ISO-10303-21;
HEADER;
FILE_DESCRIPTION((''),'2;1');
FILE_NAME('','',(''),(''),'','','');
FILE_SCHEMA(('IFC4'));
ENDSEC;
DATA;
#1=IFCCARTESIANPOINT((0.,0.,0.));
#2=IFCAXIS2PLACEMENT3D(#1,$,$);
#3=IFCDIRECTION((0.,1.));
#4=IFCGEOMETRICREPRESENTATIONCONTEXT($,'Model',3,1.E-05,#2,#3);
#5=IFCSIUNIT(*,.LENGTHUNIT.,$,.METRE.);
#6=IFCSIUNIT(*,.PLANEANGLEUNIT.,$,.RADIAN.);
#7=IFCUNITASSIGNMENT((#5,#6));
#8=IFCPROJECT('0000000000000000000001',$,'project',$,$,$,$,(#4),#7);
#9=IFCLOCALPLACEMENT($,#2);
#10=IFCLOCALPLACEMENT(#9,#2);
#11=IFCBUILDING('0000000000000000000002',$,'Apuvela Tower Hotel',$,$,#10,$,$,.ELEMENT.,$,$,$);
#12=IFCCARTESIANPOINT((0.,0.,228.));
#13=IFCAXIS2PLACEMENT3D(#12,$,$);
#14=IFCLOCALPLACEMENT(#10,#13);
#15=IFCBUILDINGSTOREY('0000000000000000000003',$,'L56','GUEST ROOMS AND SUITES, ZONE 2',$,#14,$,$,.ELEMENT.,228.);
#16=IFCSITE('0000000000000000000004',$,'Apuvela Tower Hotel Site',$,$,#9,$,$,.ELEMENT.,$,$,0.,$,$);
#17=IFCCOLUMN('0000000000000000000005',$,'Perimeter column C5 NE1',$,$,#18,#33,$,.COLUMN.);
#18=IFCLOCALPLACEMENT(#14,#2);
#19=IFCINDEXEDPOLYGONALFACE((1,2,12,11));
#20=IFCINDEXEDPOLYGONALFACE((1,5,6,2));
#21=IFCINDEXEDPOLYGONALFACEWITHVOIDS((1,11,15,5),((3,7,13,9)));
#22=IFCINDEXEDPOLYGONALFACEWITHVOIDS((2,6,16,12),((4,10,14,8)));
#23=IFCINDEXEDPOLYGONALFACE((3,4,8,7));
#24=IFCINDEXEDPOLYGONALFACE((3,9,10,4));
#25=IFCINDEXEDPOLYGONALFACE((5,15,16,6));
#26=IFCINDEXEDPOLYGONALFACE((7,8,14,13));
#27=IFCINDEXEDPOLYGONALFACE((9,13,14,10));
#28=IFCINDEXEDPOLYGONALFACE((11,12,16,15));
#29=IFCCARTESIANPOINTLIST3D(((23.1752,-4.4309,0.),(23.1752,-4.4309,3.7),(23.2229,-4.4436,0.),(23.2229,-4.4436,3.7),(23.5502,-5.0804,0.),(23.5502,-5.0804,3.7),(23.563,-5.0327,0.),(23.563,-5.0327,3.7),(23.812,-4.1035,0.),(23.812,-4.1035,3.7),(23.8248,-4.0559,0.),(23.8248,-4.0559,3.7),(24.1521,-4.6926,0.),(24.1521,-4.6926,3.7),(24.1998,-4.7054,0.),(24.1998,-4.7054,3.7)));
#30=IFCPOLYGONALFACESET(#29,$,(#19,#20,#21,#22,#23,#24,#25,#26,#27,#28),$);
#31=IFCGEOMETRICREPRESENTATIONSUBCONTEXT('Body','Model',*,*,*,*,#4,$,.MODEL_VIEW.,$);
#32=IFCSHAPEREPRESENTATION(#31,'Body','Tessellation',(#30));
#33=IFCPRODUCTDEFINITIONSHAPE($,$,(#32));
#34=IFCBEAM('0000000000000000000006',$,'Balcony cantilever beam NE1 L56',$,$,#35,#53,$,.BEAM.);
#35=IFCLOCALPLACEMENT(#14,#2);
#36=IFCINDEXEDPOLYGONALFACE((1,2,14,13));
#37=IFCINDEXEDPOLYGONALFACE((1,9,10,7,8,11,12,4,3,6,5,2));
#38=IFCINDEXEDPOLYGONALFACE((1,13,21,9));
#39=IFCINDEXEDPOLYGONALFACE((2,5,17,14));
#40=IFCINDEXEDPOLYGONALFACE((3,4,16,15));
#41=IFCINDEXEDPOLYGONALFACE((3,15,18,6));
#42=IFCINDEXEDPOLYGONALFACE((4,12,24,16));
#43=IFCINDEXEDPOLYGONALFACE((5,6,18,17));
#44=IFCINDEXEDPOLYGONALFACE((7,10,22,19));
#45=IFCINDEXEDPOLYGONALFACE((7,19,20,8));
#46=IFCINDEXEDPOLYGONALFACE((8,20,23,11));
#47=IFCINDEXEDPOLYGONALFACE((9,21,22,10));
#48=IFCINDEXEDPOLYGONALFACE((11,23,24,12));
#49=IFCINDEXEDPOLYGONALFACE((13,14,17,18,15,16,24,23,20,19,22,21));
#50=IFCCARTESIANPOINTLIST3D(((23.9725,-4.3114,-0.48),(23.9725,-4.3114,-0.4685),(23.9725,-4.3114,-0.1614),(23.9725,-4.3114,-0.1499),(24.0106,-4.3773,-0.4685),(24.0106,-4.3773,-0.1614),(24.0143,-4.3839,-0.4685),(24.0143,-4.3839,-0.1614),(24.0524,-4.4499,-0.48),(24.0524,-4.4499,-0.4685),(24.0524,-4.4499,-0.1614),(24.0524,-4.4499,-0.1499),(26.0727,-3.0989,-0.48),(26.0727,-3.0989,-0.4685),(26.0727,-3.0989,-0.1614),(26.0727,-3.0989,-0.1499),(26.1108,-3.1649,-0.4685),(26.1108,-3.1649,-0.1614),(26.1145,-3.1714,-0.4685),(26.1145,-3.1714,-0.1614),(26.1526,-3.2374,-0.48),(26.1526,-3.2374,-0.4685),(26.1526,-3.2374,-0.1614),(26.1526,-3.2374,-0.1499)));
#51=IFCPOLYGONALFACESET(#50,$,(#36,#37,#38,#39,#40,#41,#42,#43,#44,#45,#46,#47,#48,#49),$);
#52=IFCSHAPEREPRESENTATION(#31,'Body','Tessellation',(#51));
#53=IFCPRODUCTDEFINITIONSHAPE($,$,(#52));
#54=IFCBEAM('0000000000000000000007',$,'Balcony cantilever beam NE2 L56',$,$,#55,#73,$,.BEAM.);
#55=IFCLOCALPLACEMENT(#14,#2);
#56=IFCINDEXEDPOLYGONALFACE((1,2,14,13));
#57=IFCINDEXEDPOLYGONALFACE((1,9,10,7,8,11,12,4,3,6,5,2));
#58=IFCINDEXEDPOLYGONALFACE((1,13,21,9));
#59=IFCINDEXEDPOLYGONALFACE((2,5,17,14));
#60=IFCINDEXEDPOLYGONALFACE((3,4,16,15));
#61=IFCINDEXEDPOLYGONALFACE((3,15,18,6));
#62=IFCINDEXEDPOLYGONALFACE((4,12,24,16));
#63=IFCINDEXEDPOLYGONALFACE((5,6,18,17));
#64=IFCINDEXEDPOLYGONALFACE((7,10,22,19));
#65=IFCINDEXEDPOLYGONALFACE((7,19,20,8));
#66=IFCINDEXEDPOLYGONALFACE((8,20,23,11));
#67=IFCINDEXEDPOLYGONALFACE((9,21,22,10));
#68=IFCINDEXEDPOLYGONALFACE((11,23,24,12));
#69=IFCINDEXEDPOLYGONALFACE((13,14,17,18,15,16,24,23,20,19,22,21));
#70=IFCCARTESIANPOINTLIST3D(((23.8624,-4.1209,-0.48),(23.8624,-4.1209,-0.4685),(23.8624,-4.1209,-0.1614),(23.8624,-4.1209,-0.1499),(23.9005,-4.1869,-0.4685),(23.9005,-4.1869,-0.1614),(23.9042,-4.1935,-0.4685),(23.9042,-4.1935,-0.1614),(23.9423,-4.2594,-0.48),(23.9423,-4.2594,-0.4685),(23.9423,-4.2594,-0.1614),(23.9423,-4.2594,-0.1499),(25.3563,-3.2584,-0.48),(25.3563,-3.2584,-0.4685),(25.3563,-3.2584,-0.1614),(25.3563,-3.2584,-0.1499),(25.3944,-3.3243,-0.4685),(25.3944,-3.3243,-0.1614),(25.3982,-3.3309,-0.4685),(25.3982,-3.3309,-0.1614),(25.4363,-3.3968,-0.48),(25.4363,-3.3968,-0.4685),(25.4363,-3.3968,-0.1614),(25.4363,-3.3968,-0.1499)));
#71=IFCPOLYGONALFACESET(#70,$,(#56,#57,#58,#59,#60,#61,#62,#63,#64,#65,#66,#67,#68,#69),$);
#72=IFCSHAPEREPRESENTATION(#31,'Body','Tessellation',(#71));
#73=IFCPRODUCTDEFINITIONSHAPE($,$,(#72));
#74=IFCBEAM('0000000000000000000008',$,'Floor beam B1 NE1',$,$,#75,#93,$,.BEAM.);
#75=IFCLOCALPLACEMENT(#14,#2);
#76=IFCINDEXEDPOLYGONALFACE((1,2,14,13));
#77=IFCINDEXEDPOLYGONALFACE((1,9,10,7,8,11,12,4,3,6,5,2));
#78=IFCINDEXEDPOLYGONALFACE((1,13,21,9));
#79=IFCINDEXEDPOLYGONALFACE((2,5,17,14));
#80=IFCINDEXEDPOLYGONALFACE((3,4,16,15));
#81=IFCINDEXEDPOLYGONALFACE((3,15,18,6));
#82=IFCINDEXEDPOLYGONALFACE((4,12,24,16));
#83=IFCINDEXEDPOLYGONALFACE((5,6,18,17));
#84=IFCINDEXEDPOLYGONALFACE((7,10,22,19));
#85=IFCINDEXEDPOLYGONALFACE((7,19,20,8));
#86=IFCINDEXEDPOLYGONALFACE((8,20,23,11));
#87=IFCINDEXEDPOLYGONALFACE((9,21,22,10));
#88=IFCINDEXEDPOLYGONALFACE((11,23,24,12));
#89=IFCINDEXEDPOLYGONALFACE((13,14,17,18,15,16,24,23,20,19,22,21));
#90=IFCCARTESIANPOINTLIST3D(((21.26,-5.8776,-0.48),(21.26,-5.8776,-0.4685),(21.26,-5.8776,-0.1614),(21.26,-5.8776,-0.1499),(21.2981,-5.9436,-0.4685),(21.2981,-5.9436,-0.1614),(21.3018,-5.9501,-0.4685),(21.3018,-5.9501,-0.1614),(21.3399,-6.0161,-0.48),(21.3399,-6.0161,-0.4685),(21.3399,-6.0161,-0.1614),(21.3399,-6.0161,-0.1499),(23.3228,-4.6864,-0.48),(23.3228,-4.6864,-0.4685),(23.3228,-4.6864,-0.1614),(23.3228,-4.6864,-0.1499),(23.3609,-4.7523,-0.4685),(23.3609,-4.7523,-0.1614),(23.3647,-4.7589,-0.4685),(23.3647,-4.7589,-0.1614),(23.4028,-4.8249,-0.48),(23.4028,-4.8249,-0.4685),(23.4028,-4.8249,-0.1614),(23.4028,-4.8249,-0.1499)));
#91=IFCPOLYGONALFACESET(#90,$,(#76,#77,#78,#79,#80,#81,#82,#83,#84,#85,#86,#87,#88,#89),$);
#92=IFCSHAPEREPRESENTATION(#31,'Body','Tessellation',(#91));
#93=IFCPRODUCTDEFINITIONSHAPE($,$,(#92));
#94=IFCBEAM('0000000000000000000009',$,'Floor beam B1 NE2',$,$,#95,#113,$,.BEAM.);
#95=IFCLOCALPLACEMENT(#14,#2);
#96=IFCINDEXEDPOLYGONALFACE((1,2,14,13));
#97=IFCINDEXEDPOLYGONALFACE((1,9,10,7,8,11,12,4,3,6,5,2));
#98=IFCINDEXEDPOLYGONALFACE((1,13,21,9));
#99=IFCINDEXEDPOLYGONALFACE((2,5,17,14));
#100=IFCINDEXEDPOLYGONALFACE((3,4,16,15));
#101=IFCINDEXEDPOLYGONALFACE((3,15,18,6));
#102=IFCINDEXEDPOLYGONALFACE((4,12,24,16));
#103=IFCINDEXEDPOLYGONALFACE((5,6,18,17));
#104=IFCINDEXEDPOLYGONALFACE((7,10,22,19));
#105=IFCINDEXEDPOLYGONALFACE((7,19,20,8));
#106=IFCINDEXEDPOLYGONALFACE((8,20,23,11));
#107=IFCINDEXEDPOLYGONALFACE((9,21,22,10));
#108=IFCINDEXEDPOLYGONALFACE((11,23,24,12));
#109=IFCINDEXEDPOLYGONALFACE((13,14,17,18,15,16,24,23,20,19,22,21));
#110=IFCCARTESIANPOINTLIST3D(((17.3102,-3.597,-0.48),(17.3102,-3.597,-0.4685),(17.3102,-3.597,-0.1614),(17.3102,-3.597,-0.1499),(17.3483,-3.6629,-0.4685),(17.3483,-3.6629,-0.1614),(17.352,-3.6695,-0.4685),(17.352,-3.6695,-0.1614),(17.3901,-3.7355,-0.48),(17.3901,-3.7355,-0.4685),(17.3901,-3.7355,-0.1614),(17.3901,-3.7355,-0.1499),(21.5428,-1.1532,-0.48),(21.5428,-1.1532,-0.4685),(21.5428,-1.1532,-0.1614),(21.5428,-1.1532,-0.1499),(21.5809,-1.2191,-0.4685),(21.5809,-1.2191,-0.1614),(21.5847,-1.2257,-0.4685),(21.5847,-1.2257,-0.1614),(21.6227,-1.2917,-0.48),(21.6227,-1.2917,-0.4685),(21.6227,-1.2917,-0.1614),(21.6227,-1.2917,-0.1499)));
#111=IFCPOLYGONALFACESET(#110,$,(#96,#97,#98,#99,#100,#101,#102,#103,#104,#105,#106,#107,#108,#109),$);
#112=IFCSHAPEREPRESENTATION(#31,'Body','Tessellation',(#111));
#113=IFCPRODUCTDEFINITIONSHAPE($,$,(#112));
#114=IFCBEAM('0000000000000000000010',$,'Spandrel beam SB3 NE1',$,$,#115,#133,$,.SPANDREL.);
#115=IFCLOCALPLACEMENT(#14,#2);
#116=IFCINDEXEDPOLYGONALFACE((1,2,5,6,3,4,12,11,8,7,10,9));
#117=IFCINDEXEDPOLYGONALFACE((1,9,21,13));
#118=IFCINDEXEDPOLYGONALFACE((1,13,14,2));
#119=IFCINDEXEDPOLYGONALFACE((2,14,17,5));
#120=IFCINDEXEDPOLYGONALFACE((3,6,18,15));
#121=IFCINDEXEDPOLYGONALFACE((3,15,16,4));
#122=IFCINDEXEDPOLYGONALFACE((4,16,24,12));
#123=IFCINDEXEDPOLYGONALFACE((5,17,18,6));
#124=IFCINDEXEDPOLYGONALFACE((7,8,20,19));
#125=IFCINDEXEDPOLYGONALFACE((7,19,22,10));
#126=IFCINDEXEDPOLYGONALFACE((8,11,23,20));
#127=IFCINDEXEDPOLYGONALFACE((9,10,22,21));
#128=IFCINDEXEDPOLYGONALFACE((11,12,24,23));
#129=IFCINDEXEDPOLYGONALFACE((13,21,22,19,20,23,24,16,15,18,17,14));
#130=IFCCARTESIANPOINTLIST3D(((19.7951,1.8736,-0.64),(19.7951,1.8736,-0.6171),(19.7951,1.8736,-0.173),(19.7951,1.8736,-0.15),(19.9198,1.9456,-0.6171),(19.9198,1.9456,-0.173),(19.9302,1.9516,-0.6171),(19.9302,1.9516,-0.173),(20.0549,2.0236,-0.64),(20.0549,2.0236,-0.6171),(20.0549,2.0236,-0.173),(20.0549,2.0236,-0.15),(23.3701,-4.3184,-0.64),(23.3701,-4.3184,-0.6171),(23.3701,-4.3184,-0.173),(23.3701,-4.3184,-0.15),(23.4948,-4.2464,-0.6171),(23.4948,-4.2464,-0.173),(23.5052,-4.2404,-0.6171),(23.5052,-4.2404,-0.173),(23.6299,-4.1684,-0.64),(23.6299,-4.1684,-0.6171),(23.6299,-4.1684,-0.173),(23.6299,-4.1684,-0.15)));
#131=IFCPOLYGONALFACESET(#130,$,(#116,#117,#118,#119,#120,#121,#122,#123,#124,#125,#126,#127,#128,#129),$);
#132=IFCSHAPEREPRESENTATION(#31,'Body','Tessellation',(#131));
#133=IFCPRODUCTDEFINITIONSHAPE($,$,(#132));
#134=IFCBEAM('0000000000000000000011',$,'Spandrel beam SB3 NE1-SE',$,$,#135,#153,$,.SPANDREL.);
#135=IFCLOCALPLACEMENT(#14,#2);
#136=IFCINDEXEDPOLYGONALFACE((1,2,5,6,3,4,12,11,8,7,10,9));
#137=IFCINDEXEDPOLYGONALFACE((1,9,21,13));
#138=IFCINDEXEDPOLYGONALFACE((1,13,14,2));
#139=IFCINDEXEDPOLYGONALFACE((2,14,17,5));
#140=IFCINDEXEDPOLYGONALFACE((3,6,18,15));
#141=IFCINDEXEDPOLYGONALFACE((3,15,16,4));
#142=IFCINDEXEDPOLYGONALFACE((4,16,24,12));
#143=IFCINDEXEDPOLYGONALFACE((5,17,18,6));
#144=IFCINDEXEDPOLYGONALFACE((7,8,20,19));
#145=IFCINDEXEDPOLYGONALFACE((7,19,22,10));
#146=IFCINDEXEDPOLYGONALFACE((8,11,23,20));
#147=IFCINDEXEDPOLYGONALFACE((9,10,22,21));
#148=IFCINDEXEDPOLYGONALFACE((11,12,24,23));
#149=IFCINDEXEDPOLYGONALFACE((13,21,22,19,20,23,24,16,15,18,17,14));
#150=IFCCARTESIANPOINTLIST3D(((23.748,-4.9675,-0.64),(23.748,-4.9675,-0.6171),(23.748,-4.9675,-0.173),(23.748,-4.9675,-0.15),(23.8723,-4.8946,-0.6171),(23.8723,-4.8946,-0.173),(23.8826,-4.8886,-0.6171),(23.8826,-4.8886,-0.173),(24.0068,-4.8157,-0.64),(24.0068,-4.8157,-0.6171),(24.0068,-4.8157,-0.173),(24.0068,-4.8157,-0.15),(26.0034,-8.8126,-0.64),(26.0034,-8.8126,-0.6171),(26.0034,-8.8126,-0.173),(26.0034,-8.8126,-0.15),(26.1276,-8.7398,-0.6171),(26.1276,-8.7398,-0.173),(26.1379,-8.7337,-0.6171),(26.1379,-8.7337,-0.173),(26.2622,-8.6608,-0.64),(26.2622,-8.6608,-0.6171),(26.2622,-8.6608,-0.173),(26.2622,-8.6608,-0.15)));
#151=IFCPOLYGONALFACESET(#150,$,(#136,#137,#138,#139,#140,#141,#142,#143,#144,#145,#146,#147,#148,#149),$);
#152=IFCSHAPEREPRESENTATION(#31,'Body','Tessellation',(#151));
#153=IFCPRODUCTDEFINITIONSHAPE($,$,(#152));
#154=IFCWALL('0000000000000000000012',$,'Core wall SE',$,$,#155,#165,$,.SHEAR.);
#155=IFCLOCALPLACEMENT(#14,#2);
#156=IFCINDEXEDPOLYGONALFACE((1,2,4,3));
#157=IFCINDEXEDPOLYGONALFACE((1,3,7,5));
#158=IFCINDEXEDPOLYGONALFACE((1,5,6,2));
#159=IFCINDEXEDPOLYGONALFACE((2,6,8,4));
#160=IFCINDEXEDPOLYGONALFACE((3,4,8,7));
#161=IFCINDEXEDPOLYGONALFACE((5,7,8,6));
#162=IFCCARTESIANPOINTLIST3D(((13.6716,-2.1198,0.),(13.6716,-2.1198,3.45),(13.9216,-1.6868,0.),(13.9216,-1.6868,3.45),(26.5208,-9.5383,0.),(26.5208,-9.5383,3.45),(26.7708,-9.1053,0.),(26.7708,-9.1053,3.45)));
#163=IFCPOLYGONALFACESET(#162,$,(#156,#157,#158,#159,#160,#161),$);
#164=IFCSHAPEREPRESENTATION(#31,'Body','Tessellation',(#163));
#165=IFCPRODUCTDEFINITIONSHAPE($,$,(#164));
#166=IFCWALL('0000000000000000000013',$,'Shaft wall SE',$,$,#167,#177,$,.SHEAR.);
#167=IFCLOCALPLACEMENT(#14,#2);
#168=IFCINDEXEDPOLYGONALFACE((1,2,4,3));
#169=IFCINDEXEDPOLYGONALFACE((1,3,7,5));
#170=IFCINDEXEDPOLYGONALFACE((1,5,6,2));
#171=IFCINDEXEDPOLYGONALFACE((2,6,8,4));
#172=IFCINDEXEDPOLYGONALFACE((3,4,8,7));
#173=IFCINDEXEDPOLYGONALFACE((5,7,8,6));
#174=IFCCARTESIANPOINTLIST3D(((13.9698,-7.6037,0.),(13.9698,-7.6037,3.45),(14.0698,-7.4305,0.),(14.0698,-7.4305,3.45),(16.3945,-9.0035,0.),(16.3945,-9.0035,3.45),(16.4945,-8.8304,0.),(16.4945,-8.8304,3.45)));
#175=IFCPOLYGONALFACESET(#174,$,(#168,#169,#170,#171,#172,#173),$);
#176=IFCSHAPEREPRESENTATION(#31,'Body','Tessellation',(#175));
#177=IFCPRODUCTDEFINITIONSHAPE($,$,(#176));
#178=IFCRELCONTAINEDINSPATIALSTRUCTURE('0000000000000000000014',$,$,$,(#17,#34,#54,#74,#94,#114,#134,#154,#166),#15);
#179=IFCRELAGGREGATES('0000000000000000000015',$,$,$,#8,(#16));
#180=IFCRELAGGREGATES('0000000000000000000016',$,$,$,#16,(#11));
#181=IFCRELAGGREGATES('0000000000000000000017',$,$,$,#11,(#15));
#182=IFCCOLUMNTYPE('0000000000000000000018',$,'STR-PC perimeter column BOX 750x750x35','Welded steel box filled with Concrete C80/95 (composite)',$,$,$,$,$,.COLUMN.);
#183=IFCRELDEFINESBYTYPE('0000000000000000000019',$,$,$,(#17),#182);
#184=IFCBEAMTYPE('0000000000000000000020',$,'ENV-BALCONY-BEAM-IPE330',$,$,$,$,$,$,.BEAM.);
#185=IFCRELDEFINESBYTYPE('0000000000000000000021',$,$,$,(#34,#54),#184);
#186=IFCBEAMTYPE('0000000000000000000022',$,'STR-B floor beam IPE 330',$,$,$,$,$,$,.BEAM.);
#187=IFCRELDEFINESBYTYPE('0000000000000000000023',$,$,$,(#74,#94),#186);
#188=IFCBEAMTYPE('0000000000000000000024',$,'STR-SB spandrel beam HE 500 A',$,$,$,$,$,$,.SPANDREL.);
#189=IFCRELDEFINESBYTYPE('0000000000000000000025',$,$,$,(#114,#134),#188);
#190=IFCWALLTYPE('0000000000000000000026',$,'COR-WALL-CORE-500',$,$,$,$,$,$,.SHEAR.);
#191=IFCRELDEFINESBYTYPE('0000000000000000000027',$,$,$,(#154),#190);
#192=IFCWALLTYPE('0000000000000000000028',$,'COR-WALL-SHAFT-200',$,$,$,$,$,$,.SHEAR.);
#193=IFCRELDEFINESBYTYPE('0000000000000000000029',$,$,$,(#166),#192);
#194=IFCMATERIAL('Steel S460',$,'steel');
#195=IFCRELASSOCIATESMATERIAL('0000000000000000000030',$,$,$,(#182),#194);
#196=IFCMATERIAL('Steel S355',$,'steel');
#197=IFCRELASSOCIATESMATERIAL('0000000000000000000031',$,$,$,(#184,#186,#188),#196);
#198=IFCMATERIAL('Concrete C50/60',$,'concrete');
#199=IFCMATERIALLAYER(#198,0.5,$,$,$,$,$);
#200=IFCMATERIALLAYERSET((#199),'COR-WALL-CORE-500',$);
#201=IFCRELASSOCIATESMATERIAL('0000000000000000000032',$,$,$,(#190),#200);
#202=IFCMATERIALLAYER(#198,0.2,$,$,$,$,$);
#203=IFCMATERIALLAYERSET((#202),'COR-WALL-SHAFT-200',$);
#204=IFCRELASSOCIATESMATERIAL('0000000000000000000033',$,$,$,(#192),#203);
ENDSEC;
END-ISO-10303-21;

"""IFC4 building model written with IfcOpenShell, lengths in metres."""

from ifc_helpers import new_model, si_unit, direction, frame, frame_2d, origin, origin_2d, place, context, subcontext, project, spatial, rectangle, hollow_rectangle, i_section, extrude, material, layer, layer_set, material_profile, profile_set, type_object, element, save


model = new_model("IFC4")

# Units and contexts
model_context = context("Model", 3, precision=1e-05, world=origin(), true_north=direction((0.0, 1.0)))
body_context = subcontext(model_context, "Body", "Model", "MODEL_VIEW")
ifc_project = project(units=[si_unit("LENGTHUNIT", "METRE"), si_unit("PLANEANGLEUNIT", "RADIAN")], contexts=[model_context])

# Site, building, storey
site_placement = place(None, origin())
site = spatial("IfcSite", under=ifc_project, at=site_placement, Name="Apuvela Tower Hotel Site", CompositionType="ELEMENT", RefElevation=0.0)
building_placement = place(site_placement, origin())
building = spatial("IfcBuilding", under=site, at=building_placement, Name="Apuvela Tower Hotel", CompositionType="ELEMENT")
storey_placement = place(building_placement, frame((0.0, 0.0, 228.0)))
storey = spatial("IfcBuildingStorey", under=building, at=storey_placement, Name="L56", Description="GUEST ROOMS AND SUITES, ZONE 2", CompositionType="ELEMENT", Elevation=228.0)

# Column
ifc_material_1 = material(Name="Steel S460", Category="steel")
ifc_material_profile_1 = material_profile(ifc_material_1, hollow_rectangle(XDim=0.75, YDim=0.75, WallThickness=0.0349, at=origin_2d()), Name="BOX 750x750x35")
ifc_material_2 = material(Name="Concrete C80/95", Category="concrete")
ifc_material_profile_2 = material_profile(ifc_material_2, rectangle(XDim=0.6799, YDim=0.6799, at=origin_2d()), Name="Concrete C80/95 infill")
ifc_profile_set_1 = profile_set([ifc_material_profile_1, ifc_material_profile_2], Name="Steel S460")
column_type = type_object("IfcColumnType", Name="STR-PC perimeter column BOX 750x750x35", Description="Welded steel box filled with Concrete C80/95 (composite)", PredefinedType="COLUMN", material=ifc_profile_set_1)
column_placement = place(storey_placement, frame((23.6875, -4.5681, 0.0), z_axis=(0.0, 0.0, 1.0), x_axis=(-0.5, 0.866025, 0.0)))
element("IfcColumn", 1, at=column_placement, inside=storey, type_object=column_type, Name="Perimeter column C5 NE1", PredefinedType="COLUMN", context=body_context, shape_type="SweptSolid", body=[
    extrude(hollow_rectangle(XDim=0.75, YDim=0.75, WallThickness=0.0349, at=origin_2d()), origin(), (0.0, 0.0, 1.0), 3.7),
])

# Beams
ifc_material_3 = material(Name="Steel S355", Category="steel")
ifc_material_profile_3 = material_profile(ifc_material_3, i_section(OverallWidth=0.1599, OverallDepth=0.3301, WebThickness=0.0076, FlangeThickness=0.0115, at=origin_2d()), Name="IPE 330")
ifc_profile_set_2 = profile_set([ifc_material_profile_3], Name="Steel S355")
beam_type_1 = type_object("IfcBeamType", Name="ENV-BALCONY-BEAM-IPE330", PredefinedType="BEAM", material=ifc_profile_set_2)
beam_1_placement = place(storey_placement, frame((24.0125, -4.3806, -0.3149), z_axis=(0.866041, 0.499972, 0.0), x_axis=(-0.499972, 0.866041, 0.0)))
element("IfcBeam", 2, at=beam_1_placement, inside=storey, type_object=beam_type_1, Name="Balcony cantilever beam NE1 L56", PredefinedType="BEAM", context=body_context, shape_type="SweptSolid", body=[
    extrude(i_section(OverallWidth=0.1599, OverallDepth=0.3301, WebThickness=0.0076, FlangeThickness=0.0115, at=origin_2d()), origin(), (0.0, 0.0, 1.0), 2.425),
])
beam_2_placement = place(storey_placement, frame((23.9023, -4.1902, -0.3149), z_axis=(0.866014, 0.500021, 0.0), x_axis=(-0.500021, 0.866014, 0.0)))
element("IfcBeam", 3, at=beam_2_placement, inside=storey, type_object=beam_type_1, Name="Balcony cantilever beam NE2 L56", PredefinedType="BEAM", context=body_context, shape_type="SweptSolid", body=[
    extrude(i_section(OverallWidth=0.1599, OverallDepth=0.3301, WebThickness=0.0076, FlangeThickness=0.0115, at=origin_2d()), origin(), (0.0, 0.0, 1.0), 1.7251),
])
ifc_material_profile_4 = material_profile(ifc_material_3, i_section(OverallWidth=0.1599, OverallDepth=0.3301, WebThickness=0.0076, FlangeThickness=0.0115, at=origin_2d()), Name="IPE 330")
ifc_profile_set_3 = profile_set([ifc_material_profile_4], Name="Steel S355")
beam_type_2 = type_object("IfcBeamType", Name="STR-B floor beam IPE 330", PredefinedType="BEAM", material=ifc_profile_set_3)
beam_3_placement = place(storey_placement, frame((23.3628, -4.7556, -0.3149), z_axis=(-0.865982, -0.500074, 0.0), x_axis=(0.500074, -0.865982, 0.0)))
element("IfcBeam", 4, at=beam_3_placement, inside=storey, type_object=beam_type_2, Name="Floor beam B1 NE1", PredefinedType="BEAM", context=body_context, shape_type="SweptSolid", body=[
    extrude(i_section(OverallWidth=0.1599, OverallDepth=0.3301, WebThickness=0.0076, FlangeThickness=0.0115, at=origin_2d()), origin(), (0.0, 0.0, 1.0), 2.3821),
])
beam_4_placement = place(storey_placement, frame((21.5828, -1.2224, -0.3149), z_axis=(-0.866015, -0.500018, 0.0), x_axis=(0.500018, -0.866015, 0.0)))
element("IfcBeam", 5, at=beam_4_placement, inside=storey, type_object=beam_type_2, Name="Floor beam B1 NE2", PredefinedType="BEAM", context=body_context, shape_type="SweptSolid", body=[
    extrude(i_section(OverallWidth=0.1599, OverallDepth=0.3301, WebThickness=0.0076, FlangeThickness=0.0115, at=origin_2d()), origin(), (0.0, 0.0, 1.0), 4.8875),
])
ifc_material_profile_5 = material_profile(ifc_material_3, i_section(OverallWidth=0.3, OverallDepth=0.49, WebThickness=0.012, FlangeThickness=0.0229, at=origin_2d()), Name="HE 500 A")
ifc_profile_set_4 = profile_set([ifc_material_profile_5], Name="Steel S355")
beam_type_3 = type_object("IfcBeamType", Name="STR-SB spandrel beam HE 500 A", PredefinedType="SPANDREL", material=ifc_profile_set_4)
beam_5_placement = place(storey_placement, frame((23.5, -4.2434, -0.395), z_axis=(-0.500006, 0.866022, 0.0), x_axis=(-0.866022, -0.500006, 0.0)))
element("IfcBeam", 6, at=beam_5_placement, inside=storey, type_object=beam_type_3, Name="Spandrel beam SB3 NE1", PredefinedType="SPANDREL", context=body_context, shape_type="SweptSolid", body=[
    extrude(i_section(OverallWidth=0.3, OverallDepth=0.49, WebThickness=0.012, FlangeThickness=0.0229, at=origin_2d()), origin(), (0.0, 0.0, 1.0), 7.1499),
])
beam_6_placement = place(storey_placement, frame((23.8774, -4.8916, -0.395), z_axis=(0.505933, -0.862573, 0.0), x_axis=(0.862573, 0.505933, 0.0)))
element("IfcBeam", 7, at=beam_6_placement, inside=storey, type_object=beam_type_3, Name="Spandrel beam SB3 NE1-SE", PredefinedType="SPANDREL", context=body_context, shape_type="SweptSolid", body=[
    extrude(i_section(OverallWidth=0.3, OverallDepth=0.49, WebThickness=0.012, FlangeThickness=0.0229, at=origin_2d()), origin(), (0.0, 0.0, 1.0), 4.4578),
])

# Walls
ifc_material_4 = material(Name="Concrete C50/60", Category="concrete")
ifc_layer_1 = layer(ifc_material_4, 0.5)
ifc_layer_set_1 = layer_set([ifc_layer_1], Name="COR-WALL-CORE-500")
wall_type_1 = type_object("IfcWallType", Name="COR-WALL-CORE-500", PredefinedType="SHEAR", material=ifc_layer_set_1)
wall_1_placement = place(storey_placement, frame((13.7966, -1.9033, 0.0), z_axis=(0.0, 0.0, 1.0), x_axis=(0.866025, -0.500001, 0.0)))
element("IfcWall", 8, at=wall_1_placement, inside=storey, type_object=wall_type_1, Name="Core wall SE", PredefinedType="SHEAR", context=body_context, shape_type="SweptSolid", body=[
    extrude(rectangle(XDim=14.8369, YDim=0.5, at=frame_2d((7.4185, 0.0))), origin(), (0.0, 0.0, 1.0), 3.45),
])
ifc_layer_2 = layer(ifc_material_4, 0.2)
ifc_layer_set_2 = layer_set([ifc_layer_2], Name="COR-WALL-SHAFT-200")
wall_type_2 = type_object("IfcWallType", Name="COR-WALL-SHAFT-200", PredefinedType="SHEAR", material=ifc_layer_set_2)
wall_2_placement = place(storey_placement, frame((14.0198, -7.5171, 0.0), z_axis=(0.0, 0.0, 1.0), x_axis=(0.866035, -0.499984, 0.0)))
element("IfcWall", 9, at=wall_2_placement, inside=storey, type_object=wall_type_2, Name="Shaft wall SE", PredefinedType="SHEAR", context=body_context, shape_type="SweptSolid", body=[
    extrude(rectangle(XDim=2.7998, YDim=0.2, at=frame_2d((1.3999, 0.0))), origin(), (0.0, 0.0, 1.0), 3.45),
])

save(model, "model.ifc")
